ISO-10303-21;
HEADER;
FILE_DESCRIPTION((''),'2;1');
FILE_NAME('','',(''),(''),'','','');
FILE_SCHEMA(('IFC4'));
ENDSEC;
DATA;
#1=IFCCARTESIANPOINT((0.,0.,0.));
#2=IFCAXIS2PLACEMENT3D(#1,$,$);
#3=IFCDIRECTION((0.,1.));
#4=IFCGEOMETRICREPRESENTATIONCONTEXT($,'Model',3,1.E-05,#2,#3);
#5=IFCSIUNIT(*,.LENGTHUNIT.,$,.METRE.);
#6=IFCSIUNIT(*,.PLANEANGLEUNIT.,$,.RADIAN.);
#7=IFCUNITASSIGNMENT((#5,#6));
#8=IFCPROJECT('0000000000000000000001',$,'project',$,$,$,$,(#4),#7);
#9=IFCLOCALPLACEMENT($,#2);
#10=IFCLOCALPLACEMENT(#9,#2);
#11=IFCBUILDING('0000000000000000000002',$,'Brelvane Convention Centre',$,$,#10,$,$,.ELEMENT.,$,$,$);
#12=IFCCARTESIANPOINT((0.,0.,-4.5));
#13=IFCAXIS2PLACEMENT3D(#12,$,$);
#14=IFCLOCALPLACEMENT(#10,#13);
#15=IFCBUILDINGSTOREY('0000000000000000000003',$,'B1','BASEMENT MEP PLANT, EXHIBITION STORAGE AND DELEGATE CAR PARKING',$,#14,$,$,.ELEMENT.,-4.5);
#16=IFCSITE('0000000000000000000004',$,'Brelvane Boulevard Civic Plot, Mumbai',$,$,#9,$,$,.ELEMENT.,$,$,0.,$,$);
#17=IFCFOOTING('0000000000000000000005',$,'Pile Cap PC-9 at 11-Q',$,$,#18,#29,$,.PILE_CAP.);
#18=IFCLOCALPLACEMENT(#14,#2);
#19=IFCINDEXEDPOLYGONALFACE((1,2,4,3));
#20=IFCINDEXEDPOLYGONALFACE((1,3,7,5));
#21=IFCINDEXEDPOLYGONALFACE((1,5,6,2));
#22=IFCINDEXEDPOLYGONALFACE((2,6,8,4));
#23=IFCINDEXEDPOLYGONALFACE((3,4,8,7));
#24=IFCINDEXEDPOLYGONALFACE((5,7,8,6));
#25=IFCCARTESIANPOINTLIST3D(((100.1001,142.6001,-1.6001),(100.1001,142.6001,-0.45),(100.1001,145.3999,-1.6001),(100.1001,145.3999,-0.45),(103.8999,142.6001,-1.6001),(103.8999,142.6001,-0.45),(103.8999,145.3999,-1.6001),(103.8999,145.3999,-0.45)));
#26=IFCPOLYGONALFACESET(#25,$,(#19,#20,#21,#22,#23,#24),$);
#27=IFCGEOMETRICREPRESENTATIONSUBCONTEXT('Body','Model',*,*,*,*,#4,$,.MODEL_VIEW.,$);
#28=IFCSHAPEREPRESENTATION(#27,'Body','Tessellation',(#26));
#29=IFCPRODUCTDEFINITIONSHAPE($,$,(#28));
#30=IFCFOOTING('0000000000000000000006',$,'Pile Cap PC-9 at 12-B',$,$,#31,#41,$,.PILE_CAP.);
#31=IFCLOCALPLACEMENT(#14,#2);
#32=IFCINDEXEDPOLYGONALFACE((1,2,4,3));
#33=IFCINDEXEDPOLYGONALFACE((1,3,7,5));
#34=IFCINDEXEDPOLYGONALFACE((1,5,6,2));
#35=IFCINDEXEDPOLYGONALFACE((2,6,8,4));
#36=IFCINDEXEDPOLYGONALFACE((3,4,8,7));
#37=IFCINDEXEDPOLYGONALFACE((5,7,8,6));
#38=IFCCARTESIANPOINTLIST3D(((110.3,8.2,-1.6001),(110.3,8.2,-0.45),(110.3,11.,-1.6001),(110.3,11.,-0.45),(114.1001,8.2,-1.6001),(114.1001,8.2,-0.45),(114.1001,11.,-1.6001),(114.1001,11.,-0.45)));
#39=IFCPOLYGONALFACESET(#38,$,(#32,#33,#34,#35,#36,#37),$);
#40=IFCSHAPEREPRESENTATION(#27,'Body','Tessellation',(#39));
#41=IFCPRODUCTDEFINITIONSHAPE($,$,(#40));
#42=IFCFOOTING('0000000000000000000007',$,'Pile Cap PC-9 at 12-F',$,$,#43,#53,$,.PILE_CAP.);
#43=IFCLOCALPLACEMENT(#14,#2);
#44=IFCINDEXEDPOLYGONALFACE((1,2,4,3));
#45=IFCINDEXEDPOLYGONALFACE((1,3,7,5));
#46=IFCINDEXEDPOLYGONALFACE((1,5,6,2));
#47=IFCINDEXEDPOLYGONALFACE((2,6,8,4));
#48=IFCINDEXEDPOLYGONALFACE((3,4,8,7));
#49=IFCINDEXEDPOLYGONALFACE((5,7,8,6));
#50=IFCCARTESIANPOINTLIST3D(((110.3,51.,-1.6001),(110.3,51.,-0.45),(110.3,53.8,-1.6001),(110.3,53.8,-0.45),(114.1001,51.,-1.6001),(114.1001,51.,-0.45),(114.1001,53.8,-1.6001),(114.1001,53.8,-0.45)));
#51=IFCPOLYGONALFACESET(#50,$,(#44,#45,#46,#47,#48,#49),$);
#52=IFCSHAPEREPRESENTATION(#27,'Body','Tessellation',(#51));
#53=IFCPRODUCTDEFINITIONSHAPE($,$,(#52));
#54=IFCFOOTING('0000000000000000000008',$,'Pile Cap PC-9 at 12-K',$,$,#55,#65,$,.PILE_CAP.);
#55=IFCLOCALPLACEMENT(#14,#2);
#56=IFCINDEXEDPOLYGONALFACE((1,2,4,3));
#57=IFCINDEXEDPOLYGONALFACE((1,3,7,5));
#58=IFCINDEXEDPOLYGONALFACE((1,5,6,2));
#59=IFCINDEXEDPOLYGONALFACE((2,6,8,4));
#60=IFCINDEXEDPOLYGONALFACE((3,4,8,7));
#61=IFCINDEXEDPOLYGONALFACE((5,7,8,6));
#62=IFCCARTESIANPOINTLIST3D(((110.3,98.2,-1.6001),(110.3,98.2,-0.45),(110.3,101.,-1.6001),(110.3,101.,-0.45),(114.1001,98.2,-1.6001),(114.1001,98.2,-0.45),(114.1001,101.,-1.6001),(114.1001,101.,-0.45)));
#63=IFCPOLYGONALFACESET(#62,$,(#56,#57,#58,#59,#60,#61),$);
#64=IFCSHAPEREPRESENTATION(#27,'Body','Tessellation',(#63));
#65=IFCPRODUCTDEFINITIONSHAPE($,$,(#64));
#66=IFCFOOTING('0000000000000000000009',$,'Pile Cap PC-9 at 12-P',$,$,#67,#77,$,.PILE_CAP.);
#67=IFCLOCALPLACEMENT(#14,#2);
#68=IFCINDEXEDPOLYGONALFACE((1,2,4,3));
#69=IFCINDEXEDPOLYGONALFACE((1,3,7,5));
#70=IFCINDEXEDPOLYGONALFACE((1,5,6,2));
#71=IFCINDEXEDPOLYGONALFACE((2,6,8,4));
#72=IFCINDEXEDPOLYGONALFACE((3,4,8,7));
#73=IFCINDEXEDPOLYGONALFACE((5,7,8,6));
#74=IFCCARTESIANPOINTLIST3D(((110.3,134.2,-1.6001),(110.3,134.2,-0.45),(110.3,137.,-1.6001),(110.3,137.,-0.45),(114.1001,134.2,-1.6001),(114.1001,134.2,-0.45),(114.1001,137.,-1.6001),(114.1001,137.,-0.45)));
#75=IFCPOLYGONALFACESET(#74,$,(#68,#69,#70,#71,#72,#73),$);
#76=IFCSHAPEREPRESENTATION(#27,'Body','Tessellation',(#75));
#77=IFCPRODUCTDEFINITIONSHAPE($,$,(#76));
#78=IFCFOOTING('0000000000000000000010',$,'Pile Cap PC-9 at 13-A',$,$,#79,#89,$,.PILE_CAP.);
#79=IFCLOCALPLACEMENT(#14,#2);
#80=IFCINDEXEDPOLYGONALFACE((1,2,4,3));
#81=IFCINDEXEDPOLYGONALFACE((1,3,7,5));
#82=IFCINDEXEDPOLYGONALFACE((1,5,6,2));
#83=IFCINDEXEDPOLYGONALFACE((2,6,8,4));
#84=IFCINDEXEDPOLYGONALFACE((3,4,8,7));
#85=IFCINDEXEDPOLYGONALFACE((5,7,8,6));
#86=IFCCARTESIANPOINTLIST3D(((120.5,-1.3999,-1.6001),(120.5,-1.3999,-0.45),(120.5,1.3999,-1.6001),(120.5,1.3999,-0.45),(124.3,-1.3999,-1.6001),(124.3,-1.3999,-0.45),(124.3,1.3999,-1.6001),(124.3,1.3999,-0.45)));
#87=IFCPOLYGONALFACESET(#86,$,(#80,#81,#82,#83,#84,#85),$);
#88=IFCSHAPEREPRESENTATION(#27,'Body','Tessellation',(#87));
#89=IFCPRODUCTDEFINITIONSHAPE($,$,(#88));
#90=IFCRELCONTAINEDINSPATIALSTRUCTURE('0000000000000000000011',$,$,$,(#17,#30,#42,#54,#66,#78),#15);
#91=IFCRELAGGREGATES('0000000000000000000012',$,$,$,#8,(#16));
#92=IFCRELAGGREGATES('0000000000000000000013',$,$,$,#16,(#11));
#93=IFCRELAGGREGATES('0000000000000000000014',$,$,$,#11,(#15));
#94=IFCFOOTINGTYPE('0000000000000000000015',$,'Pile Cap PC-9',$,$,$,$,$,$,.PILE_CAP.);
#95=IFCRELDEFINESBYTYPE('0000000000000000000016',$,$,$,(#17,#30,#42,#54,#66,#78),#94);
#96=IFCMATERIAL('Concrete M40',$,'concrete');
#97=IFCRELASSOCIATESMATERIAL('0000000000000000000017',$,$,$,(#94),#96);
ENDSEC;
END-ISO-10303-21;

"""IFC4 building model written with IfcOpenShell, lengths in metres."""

from ifc_helpers import new_model, si_unit, direction, frame, origin, place, context, subcontext, project, spatial, polyline, outline, extrude, material, type_object, element, save


model = new_model("IFC4")

# Units and contexts
model_context = context("Model", 3, precision=1e-05, world=origin(), true_north=direction((0.0, 1.0)))
body_context = subcontext(model_context, "Body", "Model", "MODEL_VIEW")
ifc_project = project(units=[si_unit("LENGTHUNIT", "METRE"), si_unit("PLANEANGLEUNIT", "RADIAN")], contexts=[model_context])

# Site, building, storey
site_placement = place(None, origin())
site = spatial("IfcSite", under=ifc_project, at=site_placement, Name="Brelvane Boulevard Civic Plot, Mumbai", CompositionType="ELEMENT", RefElevation=0.0)
building_placement = place(site_placement, origin())
building = spatial("IfcBuilding", under=site, at=building_placement, Name="Brelvane Convention Centre", CompositionType="ELEMENT")
storey_placement = place(building_placement, frame((0.0, 0.0, -4.5)))
storey = spatial("IfcBuildingStorey", under=building, at=storey_placement, Name="B1", Description="BASEMENT MEP PLANT, EXHIBITION STORAGE AND DELEGATE CAR PARKING", CompositionType="ELEMENT", Elevation=-4.5)

# Footings
ifc_material_1 = material(Name="Concrete M40", Category="concrete")
footing_type_1 = type_object("IfcFootingType", Name="Pile Cap PC-9", PredefinedType="PILE_CAP", material=ifc_material_1)
footing_1_placement = place(storey_placement, frame((0.0, 0.0, -1.6001)))
element("IfcFooting", 1, at=footing_1_placement, inside=storey, type_object=footing_type_1, Name="Pile Cap PC-9 at 11-Q", PredefinedType="PILE_CAP", context=body_context, shape_type="SweptSolid", body=[
    extrude(outline(polyline([(100.1001, 142.6001), (103.8999, 142.6001), (103.8999, 145.3999), (100.1001, 145.3999), (100.1001, 142.6001)])), origin(), (0.0, 0.0, 1.0), 1.1501),
])
footing_2_placement = place(storey_placement, frame((0.0, 0.0, -1.6001)))
element("IfcFooting", 2, at=footing_2_placement, inside=storey, type_object=footing_type_1, Name="Pile Cap PC-9 at 12-B", PredefinedType="PILE_CAP", context=body_context, shape_type="SweptSolid", body=[
    extrude(outline(polyline([(110.3, 8.2), (114.1001, 8.2), (114.1001, 11.0), (110.3, 11.0), (110.3, 8.2)])), origin(), (0.0, 0.0, 1.0), 1.1501),
])
footing_3_placement = place(storey_placement, frame((0.0, 0.0, -1.6001)))
element("IfcFooting", 3, at=footing_3_placement, inside=storey, type_object=footing_type_1, Name="Pile Cap PC-9 at 12-F", PredefinedType="PILE_CAP", context=body_context, shape_type="SweptSolid", body=[
    extrude(outline(polyline([(110.3, 51.0), (114.1001, 51.0), (114.1001, 53.8), (110.3, 53.8), (110.3, 51.0)])), origin(), (0.0, 0.0, 1.0), 1.1501),
])
footing_4_placement = place(storey_placement, frame((0.0, 0.0, -1.6001)))
element("IfcFooting", 4, at=footing_4_placement, inside=storey, type_object=footing_type_1, Name="Pile Cap PC-9 at 12-K", PredefinedType="PILE_CAP", context=body_context, shape_type="SweptSolid", body=[
    extrude(outline(polyline([(110.3, 98.2), (114.1001, 98.2), (114.1001, 101.0), (110.3, 101.0), (110.3, 98.2)])), origin(), (0.0, 0.0, 1.0), 1.1501),
])
footing_5_placement = place(storey_placement, frame((0.0, 0.0, -1.6001)))
element("IfcFooting", 5, at=footing_5_placement, inside=storey, type_object=footing_type_1, Name="Pile Cap PC-9 at 12-P", PredefinedType="PILE_CAP", context=body_context, shape_type="SweptSolid", body=[
    extrude(outline(polyline([(110.3, 134.2), (114.1001, 134.2), (114.1001, 137.0), (110.3, 137.0), (110.3, 134.2)])), origin(), (0.0, 0.0, 1.0), 1.1501),
])
footing_6_placement = place(storey_placement, frame((0.0, 0.0, -1.6001)))
element("IfcFooting", 6, at=footing_6_placement, inside=storey, type_object=footing_type_1, Name="Pile Cap PC-9 at 13-A", PredefinedType="PILE_CAP", context=body_context, shape_type="SweptSolid", body=[
    extrude(outline(polyline([(120.5, -1.3999), (124.3, -1.3999), (124.3, 1.3999), (120.5, 1.3999), (120.5, -1.3999)])), origin(), (0.0, 0.0, 1.0), 1.1501),
])

save(model, "model.ifc")
